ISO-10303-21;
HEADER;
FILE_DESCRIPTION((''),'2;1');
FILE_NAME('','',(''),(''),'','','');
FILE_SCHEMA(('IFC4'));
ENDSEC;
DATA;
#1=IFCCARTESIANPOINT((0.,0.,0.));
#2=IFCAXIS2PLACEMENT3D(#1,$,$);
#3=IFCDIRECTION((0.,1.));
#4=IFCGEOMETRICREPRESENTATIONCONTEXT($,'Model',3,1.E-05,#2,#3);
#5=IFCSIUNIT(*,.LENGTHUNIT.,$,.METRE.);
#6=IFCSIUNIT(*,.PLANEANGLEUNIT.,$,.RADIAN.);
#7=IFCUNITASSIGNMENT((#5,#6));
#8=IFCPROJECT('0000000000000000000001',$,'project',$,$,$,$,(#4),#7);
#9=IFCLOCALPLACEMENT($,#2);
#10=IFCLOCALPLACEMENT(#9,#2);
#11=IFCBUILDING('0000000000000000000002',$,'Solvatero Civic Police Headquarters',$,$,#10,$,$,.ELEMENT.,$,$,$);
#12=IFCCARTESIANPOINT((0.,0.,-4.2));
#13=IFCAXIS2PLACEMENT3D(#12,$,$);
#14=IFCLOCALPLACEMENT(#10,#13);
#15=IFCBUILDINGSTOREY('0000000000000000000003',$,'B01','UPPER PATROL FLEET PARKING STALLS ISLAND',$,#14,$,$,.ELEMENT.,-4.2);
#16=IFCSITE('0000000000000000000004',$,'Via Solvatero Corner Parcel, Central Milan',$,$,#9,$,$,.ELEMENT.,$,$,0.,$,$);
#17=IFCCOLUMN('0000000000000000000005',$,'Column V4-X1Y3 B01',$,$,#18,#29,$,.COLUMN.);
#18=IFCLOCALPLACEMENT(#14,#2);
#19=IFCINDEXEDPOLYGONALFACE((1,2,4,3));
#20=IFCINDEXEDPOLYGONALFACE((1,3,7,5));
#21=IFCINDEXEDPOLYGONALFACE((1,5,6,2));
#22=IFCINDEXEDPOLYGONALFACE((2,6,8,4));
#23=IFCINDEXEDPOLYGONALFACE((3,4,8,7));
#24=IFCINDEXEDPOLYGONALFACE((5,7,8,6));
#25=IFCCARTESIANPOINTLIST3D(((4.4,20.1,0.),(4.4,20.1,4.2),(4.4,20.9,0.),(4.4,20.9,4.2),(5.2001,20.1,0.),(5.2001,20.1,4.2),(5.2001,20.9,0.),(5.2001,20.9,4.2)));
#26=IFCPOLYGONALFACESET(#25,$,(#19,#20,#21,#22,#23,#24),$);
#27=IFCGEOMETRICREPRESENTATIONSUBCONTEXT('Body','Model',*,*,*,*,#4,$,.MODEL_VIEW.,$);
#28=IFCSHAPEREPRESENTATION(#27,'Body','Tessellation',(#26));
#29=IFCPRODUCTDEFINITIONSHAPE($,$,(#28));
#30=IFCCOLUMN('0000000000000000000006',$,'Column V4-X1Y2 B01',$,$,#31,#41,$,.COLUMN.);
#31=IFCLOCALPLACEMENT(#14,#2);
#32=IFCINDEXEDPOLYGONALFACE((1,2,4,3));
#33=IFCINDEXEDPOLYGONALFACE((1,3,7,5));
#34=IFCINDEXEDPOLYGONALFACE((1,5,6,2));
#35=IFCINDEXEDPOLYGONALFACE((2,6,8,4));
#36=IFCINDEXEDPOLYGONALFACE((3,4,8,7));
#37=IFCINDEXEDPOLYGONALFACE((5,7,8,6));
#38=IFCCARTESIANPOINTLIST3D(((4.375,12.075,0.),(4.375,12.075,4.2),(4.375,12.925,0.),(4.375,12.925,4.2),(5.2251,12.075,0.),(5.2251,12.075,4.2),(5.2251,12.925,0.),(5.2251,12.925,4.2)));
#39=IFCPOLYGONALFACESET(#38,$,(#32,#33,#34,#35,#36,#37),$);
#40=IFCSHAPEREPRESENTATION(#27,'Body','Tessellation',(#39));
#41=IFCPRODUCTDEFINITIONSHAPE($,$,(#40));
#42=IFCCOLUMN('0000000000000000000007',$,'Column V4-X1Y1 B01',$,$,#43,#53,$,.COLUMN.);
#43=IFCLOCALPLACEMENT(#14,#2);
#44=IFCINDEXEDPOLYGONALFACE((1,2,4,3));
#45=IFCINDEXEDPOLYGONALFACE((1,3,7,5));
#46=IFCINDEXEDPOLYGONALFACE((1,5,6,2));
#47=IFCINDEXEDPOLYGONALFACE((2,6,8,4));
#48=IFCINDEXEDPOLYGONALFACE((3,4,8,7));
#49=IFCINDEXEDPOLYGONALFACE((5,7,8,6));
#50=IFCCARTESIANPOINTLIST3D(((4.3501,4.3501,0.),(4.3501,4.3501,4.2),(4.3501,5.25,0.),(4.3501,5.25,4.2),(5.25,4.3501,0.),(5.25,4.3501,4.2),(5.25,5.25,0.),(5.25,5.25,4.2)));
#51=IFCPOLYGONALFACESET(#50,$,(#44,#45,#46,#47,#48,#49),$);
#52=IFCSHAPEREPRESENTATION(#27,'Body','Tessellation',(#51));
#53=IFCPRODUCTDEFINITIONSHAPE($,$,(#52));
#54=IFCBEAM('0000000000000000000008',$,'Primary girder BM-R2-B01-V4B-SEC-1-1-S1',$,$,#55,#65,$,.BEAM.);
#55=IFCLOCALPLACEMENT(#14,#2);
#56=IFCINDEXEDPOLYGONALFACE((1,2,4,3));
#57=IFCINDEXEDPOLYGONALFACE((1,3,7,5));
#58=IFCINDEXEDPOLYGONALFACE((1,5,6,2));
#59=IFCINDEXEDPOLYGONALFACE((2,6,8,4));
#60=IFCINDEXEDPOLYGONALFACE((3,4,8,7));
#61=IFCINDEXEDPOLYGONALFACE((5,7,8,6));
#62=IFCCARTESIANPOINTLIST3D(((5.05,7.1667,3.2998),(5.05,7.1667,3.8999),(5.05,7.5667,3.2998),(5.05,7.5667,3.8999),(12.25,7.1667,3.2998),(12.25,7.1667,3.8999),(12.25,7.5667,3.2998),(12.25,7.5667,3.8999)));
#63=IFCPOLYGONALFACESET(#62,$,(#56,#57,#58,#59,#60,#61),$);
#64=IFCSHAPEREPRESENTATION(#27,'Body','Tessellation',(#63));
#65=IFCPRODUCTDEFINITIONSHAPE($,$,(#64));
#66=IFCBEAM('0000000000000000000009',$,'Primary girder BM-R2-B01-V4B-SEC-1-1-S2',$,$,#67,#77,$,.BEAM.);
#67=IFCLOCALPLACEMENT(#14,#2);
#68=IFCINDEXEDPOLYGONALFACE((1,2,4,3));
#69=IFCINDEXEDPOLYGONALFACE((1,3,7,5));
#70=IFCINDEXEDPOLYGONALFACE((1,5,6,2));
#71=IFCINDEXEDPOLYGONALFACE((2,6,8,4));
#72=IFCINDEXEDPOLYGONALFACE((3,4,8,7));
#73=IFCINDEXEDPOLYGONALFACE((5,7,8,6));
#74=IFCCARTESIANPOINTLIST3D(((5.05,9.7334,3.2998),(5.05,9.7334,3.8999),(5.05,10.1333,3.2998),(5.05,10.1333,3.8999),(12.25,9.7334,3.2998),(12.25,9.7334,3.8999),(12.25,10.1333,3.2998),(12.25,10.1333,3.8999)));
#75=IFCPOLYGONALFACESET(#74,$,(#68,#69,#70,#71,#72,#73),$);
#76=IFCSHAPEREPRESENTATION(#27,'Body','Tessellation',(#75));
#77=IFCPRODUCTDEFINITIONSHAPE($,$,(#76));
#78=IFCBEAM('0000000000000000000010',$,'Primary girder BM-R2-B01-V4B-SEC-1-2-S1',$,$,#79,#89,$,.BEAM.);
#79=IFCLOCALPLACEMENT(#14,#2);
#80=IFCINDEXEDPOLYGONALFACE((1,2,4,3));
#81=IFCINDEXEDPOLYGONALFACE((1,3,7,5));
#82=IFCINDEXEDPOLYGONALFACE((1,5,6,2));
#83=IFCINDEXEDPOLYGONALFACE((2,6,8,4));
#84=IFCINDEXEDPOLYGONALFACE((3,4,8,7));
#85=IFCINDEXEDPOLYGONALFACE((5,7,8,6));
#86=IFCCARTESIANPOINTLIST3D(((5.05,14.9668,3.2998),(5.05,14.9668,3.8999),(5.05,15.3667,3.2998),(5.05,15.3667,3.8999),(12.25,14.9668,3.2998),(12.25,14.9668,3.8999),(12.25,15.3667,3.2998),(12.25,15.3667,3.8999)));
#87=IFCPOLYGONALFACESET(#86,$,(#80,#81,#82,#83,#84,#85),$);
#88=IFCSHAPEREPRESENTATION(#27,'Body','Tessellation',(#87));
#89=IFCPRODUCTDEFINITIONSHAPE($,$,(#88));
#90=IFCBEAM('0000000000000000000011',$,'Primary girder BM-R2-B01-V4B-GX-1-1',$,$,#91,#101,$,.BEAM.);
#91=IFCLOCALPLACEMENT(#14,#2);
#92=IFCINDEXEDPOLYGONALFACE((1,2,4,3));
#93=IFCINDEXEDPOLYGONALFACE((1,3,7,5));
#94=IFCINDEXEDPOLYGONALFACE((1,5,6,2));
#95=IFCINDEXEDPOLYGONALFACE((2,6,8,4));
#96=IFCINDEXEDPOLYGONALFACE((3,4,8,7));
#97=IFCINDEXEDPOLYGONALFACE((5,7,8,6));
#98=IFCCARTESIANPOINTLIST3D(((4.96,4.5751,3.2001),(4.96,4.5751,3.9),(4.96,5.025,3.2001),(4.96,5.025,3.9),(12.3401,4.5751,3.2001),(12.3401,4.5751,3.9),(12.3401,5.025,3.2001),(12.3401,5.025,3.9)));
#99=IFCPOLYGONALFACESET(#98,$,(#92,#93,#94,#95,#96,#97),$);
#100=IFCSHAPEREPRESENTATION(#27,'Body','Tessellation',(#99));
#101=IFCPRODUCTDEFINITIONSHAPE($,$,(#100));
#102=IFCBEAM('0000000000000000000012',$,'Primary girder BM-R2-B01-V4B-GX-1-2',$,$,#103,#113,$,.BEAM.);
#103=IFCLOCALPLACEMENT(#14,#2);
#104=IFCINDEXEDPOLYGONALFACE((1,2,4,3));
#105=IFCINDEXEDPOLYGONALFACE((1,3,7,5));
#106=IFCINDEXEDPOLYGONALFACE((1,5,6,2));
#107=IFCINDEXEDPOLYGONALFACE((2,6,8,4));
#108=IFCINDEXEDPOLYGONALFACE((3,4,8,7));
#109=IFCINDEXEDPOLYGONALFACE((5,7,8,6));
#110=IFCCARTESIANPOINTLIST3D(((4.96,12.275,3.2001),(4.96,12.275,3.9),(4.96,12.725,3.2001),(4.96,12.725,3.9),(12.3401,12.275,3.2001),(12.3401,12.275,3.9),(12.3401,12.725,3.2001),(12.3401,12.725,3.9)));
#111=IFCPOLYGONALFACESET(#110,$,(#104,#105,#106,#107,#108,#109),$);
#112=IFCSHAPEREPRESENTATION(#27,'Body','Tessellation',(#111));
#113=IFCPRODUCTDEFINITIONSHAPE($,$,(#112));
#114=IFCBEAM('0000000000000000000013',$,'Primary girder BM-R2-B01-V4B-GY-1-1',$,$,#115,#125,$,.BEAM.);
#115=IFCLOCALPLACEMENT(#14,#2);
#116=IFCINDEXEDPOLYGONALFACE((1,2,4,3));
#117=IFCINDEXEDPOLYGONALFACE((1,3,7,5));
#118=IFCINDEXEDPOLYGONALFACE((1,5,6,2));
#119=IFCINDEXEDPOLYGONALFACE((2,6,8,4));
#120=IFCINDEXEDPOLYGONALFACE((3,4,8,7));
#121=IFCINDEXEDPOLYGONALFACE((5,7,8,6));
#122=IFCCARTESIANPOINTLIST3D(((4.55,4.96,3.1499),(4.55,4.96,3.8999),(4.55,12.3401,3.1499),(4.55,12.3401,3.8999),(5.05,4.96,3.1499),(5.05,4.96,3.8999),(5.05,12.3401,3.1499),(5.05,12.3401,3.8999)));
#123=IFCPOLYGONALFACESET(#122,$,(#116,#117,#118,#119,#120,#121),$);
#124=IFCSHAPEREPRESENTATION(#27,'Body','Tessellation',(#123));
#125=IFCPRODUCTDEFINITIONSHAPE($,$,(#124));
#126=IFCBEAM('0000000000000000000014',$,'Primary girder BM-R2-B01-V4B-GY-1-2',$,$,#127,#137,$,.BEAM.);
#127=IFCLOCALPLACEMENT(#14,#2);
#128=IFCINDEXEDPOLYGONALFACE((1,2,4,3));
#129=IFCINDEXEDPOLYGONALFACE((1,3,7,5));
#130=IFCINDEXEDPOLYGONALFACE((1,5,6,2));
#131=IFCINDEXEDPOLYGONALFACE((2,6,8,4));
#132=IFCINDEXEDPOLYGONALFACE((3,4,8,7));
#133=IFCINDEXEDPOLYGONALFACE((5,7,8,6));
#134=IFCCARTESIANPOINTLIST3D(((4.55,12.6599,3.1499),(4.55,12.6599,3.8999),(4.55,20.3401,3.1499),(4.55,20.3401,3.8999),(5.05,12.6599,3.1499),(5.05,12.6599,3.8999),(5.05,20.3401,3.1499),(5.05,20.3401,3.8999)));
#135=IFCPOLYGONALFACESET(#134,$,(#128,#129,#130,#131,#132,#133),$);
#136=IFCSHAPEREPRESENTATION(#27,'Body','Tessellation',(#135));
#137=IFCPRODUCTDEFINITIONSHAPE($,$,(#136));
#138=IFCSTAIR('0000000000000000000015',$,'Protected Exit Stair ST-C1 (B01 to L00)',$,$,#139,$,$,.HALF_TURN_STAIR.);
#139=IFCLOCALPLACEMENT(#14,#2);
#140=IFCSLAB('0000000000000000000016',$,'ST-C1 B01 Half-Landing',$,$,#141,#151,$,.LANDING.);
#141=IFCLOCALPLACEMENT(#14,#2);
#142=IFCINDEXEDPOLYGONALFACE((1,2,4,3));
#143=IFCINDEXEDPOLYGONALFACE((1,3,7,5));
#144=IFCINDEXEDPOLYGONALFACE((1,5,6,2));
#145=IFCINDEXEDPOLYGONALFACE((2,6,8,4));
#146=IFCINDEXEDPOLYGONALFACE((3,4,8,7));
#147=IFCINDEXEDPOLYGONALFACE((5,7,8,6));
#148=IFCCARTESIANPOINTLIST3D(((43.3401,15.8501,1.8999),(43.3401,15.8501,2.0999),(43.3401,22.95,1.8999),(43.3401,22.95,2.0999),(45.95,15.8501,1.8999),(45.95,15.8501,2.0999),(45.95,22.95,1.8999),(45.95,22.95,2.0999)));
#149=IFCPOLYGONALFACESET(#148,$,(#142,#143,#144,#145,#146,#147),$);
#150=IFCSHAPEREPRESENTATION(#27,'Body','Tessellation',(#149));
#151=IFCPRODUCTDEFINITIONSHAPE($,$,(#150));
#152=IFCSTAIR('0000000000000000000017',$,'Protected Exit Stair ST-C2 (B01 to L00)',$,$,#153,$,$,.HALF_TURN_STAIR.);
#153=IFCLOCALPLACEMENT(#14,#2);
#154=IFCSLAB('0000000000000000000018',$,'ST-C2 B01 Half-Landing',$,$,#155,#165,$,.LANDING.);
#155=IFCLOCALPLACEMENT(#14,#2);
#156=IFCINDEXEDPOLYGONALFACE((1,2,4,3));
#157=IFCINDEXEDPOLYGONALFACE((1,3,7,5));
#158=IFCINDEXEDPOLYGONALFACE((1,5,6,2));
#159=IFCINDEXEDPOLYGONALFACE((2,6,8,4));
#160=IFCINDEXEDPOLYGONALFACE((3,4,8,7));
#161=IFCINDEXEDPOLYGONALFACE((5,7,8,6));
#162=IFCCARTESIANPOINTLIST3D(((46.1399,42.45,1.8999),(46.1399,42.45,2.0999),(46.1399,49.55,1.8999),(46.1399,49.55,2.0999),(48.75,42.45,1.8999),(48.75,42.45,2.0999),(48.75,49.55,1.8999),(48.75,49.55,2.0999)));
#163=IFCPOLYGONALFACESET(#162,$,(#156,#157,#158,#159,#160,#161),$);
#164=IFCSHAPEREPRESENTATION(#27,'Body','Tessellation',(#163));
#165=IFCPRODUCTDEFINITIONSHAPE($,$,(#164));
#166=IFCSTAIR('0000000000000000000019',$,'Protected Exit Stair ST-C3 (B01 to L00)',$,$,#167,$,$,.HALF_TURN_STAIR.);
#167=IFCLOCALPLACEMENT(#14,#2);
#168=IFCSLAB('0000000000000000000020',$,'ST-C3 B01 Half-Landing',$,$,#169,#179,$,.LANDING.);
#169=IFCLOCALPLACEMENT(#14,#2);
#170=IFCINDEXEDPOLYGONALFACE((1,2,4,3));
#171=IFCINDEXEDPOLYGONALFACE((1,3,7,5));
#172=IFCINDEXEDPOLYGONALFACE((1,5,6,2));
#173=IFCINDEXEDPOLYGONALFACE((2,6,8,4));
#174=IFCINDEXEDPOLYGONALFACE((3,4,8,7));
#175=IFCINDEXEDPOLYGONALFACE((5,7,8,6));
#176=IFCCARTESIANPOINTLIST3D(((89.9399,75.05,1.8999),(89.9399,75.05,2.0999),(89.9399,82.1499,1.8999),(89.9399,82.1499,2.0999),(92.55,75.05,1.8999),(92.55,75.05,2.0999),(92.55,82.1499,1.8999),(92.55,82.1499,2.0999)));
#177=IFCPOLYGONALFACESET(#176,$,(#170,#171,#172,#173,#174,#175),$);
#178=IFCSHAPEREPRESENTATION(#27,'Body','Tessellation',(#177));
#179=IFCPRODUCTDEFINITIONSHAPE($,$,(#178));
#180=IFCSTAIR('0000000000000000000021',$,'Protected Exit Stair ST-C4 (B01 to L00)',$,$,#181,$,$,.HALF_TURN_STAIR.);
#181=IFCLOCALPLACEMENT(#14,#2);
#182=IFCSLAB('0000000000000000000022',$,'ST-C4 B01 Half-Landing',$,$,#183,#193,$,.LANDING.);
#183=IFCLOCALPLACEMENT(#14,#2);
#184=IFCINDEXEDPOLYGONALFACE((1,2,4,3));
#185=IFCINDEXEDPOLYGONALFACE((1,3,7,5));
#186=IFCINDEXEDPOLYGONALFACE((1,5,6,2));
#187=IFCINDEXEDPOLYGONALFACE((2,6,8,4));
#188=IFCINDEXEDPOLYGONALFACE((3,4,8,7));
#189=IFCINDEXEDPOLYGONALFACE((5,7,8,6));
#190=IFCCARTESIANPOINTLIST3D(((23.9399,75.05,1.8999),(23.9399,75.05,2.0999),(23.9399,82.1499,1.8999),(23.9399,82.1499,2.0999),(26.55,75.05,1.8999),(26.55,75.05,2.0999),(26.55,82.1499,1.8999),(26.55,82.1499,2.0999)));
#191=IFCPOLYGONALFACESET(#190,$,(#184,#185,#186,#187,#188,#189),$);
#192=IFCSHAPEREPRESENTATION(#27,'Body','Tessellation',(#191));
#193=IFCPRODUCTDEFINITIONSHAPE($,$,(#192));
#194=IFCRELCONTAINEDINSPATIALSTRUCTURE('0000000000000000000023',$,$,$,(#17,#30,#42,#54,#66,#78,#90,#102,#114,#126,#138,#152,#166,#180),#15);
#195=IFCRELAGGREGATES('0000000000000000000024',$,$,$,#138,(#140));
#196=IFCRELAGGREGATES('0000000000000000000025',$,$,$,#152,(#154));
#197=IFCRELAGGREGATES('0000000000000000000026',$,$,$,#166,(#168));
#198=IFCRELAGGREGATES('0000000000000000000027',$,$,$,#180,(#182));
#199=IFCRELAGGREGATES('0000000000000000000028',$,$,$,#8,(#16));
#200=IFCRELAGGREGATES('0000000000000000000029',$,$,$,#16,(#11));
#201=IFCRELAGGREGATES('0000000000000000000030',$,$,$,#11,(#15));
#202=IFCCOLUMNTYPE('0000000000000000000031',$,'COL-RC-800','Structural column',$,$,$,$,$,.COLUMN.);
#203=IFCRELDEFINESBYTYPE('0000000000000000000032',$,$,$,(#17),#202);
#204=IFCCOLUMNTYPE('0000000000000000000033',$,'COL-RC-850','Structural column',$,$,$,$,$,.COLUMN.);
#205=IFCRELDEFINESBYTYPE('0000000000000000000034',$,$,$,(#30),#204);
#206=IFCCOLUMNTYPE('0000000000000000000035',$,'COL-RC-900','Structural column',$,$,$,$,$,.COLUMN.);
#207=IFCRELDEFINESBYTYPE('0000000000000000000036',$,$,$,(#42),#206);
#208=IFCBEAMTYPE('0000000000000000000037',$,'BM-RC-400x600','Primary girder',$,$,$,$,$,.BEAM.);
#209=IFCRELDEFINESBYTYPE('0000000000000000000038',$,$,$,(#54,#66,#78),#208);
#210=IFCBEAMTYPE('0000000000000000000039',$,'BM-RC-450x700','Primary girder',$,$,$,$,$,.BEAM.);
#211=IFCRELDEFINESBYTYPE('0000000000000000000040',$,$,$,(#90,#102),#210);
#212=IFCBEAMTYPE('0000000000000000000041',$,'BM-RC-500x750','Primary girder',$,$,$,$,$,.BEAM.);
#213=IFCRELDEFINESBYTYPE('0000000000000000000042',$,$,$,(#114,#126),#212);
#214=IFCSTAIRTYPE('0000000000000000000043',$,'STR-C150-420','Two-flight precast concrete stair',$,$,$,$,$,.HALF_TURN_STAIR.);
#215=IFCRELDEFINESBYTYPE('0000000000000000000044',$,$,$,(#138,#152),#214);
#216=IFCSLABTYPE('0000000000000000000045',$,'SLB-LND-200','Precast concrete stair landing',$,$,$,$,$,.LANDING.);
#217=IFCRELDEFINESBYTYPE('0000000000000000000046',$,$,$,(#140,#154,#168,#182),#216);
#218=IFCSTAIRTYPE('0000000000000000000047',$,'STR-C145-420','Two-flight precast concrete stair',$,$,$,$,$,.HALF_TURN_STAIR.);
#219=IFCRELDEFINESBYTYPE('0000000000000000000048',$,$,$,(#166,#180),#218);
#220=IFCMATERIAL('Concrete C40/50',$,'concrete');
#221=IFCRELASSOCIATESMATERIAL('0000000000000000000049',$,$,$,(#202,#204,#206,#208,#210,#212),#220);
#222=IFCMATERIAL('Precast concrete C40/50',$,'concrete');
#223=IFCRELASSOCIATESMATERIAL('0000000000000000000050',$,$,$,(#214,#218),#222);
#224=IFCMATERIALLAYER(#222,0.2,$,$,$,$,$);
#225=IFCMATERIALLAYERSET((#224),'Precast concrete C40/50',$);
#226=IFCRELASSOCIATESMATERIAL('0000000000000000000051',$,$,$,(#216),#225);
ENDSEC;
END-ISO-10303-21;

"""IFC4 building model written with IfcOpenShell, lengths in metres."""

from ifc_helpers import new_model, si_unit, direction, frame, origin, origin_2d, place, context, subcontext, project, spatial, polyline, rectangle, outline, extrude, material, layer, layer_set, material_profile, profile_set, type_object, element, aggregate, save


model = new_model("IFC4")

# Units and contexts
model_context = context("Model", 3, precision=1e-05, world=origin(), true_north=direction((0.0, 1.0)))
body_context = subcontext(model_context, "Body", "Model", "MODEL_VIEW")
ifc_project = project(units=[si_unit("LENGTHUNIT", "METRE"), si_unit("PLANEANGLEUNIT", "RADIAN")], contexts=[model_context])

# Site, building, storey
site_placement = place(None, origin())
site = spatial("IfcSite", under=ifc_project, at=site_placement, Name="Via Solvatero Corner Parcel, Central Milan", CompositionType="ELEMENT", RefElevation=0.0)
building_placement = place(site_placement, origin())
building = spatial("IfcBuilding", under=site, at=building_placement, Name="Solvatero Civic Police Headquarters", CompositionType="ELEMENT")
storey_placement = place(building_placement, frame((0.0, 0.0, -4.2)))
storey = spatial("IfcBuildingStorey", under=building, at=storey_placement, Name="B01", Description="UPPER PATROL FLEET PARKING STALLS ISLAND", CompositionType="ELEMENT", Elevation=-4.2)

# Columns
ifc_material_1 = material(Name="Concrete C40/50", Category="concrete")
ifc_material_profile_1 = material_profile(ifc_material_1, rectangle(XDim=0.8, YDim=0.8, at=origin_2d()), Name="RC 800x800")
ifc_profile_set_1 = profile_set([ifc_material_profile_1], Name="Concrete C40/50")
column_type_1 = type_object("IfcColumnType", Name="COL-RC-800", Description="Structural column", PredefinedType="COLUMN", material=ifc_profile_set_1)
column_1_placement = place(storey_placement, frame((4.8, 20.5, 0.0), z_axis=(0.0, 0.0, 1.0), x_axis=(1.0, 0.0, 0.0)))
element("IfcColumn", 1, at=column_1_placement, inside=storey, type_object=column_type_1, Name="Column V4-X1Y3 B01", PredefinedType="COLUMN", context=body_context, shape_type="SweptSolid", body=[
    extrude(rectangle(XDim=0.8, YDim=0.8, at=origin_2d()), origin(), (0.0, 0.0, 1.0), 4.2),
])
ifc_material_profile_2 = material_profile(ifc_material_1, rectangle(XDim=0.8501, YDim=0.8501, at=origin_2d()), Name="RC 850x850")
ifc_profile_set_2 = profile_set([ifc_material_profile_2], Name="Concrete C40/50")
column_type_2 = type_object("IfcColumnType", Name="COL-RC-850", Description="Structural column", PredefinedType="COLUMN", material=ifc_profile_set_2)
column_2_placement = place(storey_placement, frame((4.8, 12.5, 0.0), z_axis=(0.0, 0.0, 1.0), x_axis=(1.0, 0.0, 0.0)))
element("IfcColumn", 2, at=column_2_placement, inside=storey, type_object=column_type_2, Name="Column V4-X1Y2 B01", PredefinedType="COLUMN", context=body_context, shape_type="SweptSolid", body=[
    extrude(rectangle(XDim=0.8501, YDim=0.8501, at=origin_2d()), origin(), (0.0, 0.0, 1.0), 4.2),
])
ifc_material_profile_3 = material_profile(ifc_material_1, rectangle(XDim=0.8999, YDim=0.8999, at=origin_2d()), Name="RC 900x900")
ifc_profile_set_3 = profile_set([ifc_material_profile_3], Name="Concrete C40/50")
column_type_3 = type_object("IfcColumnType", Name="COL-RC-900", Description="Structural column", PredefinedType="COLUMN", material=ifc_profile_set_3)
column_3_placement = place(storey_placement, frame((4.8, 4.8, 0.0), z_axis=(0.0, 0.0, 1.0), x_axis=(1.0, 0.0, 0.0)))
element("IfcColumn", 3, at=column_3_placement, inside=storey, type_object=column_type_3, Name="Column V4-X1Y1 B01", PredefinedType="COLUMN", context=body_context, shape_type="SweptSolid", body=[
    extrude(rectangle(XDim=0.8999, YDim=0.8999, at=origin_2d()), origin(), (0.0, 0.0, 1.0), 4.2),
])

# Beams
ifc_material_profile_4 = material_profile(ifc_material_1, rectangle(XDim=0.3999, YDim=0.6001, at=origin_2d()), Name="RC 400x600")
ifc_profile_set_4 = profile_set([ifc_material_profile_4], Name="Concrete C40/50")
beam_type_1 = type_object("IfcBeamType", Name="BM-RC-400x600", Description="Primary girder", PredefinedType="BEAM", material=ifc_profile_set_4)
for number, where, z_axis, x_axis, name in (
    (4, (5.05, 7.3667, 3.5999), (1.0, 0.0, 0.0), (0.0, 1.0, 0.0), "Primary girder BM-R2-B01-V4B-SEC-1-1-S1"),
    (5, (5.05, 9.9333, 3.5999), (1.0, 0.0, 0.0), (0.0, 1.0, 0.0), "Primary girder BM-R2-B01-V4B-SEC-1-1-S2"),
    (6, (5.05, 15.1667, 3.5999), (1.0, 0.0, 0.0), (0.0, 1.0, 0.0), "Primary girder BM-R2-B01-V4B-SEC-1-2-S1"),
):
    element("IfcBeam", number, at=place(storey_placement, frame(where, z_axis=z_axis, x_axis=x_axis)), inside=storey, type_object=beam_type_1, Name=name, PredefinedType="BEAM", context=body_context, shape_type="SweptSolid", body=[
        extrude(rectangle(XDim=0.3999, YDim=0.6001, at=origin_2d()), origin(), (0.0, 0.0, 1.0), 7.2),
    ])
ifc_material_profile_5 = material_profile(ifc_material_1, rectangle(XDim=0.45, YDim=0.7, at=origin_2d()), Name="RC 450x700")
ifc_profile_set_5 = profile_set([ifc_material_profile_5], Name="Concrete C40/50")
beam_type_2 = type_object("IfcBeamType", Name="BM-RC-450x700", Description="Primary girder", PredefinedType="BEAM", material=ifc_profile_set_5)
for number, where, z_axis, x_axis, name in (
    (7, (4.96, 4.8, 3.55), (1.0, 0.0, 0.0), (0.0, 1.0, 0.0), "Primary girder BM-R2-B01-V4B-GX-1-1"),
    (8, (4.96, 12.5, 3.55), (1.0, 0.0, 0.0), (0.0, 1.0, 0.0), "Primary girder BM-R2-B01-V4B-GX-1-2"),
):
    element("IfcBeam", number, at=place(storey_placement, frame(where, z_axis=z_axis, x_axis=x_axis)), inside=storey, type_object=beam_type_2, Name=name, PredefinedType="BEAM", context=body_context, shape_type="SweptSolid", body=[
        extrude(rectangle(XDim=0.45, YDim=0.7, at=origin_2d()), origin(), (0.0, 0.0, 1.0), 7.3801),
    ])
ifc_material_profile_6 = material_profile(ifc_material_1, rectangle(XDim=0.5, YDim=0.75, at=origin_2d()), Name="RC 500x750")
ifc_profile_set_6 = profile_set([ifc_material_profile_6], Name="Concrete C40/50")
beam_type_3 = type_object("IfcBeamType", Name="BM-RC-500x750", Description="Primary girder", PredefinedType="BEAM", material=ifc_profile_set_6)
beam_1_placement = place(storey_placement, frame((4.8, 4.96, 3.5249), z_axis=(0.0, 1.0, 0.0), x_axis=(-1.0, 0.0, 0.0)))
element("IfcBeam", 9, at=beam_1_placement, inside=storey, type_object=beam_type_3, Name="Primary girder BM-R2-B01-V4B-GY-1-1", PredefinedType="BEAM", context=body_context, shape_type="SweptSolid", body=[
    extrude(rectangle(XDim=0.5, YDim=0.75, at=origin_2d()), origin(), (0.0, 0.0, 1.0), 7.3801),
])
beam_2_placement = place(storey_placement, frame((4.8, 12.6599, 3.5249), z_axis=(0.0, 1.0, 0.0), x_axis=(-1.0, 0.0, 0.0)))
element("IfcBeam", 10, at=beam_2_placement, inside=storey, type_object=beam_type_3, Name="Primary girder BM-R2-B01-V4B-GY-1-2", PredefinedType="BEAM", context=body_context, shape_type="SweptSolid", body=[
    extrude(rectangle(XDim=0.5, YDim=0.75, at=origin_2d()), origin(), (0.0, 0.0, 1.0), 7.6802),
])

# Stairs, slabs
ifc_material_2 = material(Name="Precast concrete C40/50", Category="concrete")
stair_type_1 = type_object("IfcStairType", Name="STR-C150-420", Description="Two-flight precast concrete stair", PredefinedType="HALF_TURN_STAIR", material=ifc_material_2)
stair_1_placement = place(storey_placement, origin())
stair_1 = element("IfcStair", 11, at=stair_1_placement, inside=storey, type_object=stair_type_1, Name="Protected Exit Stair ST-C1 (B01 to L00)", PredefinedType="HALF_TURN_STAIR")
ifc_layer_1 = layer(ifc_material_2, 0.2)
ifc_layer_set_1 = layer_set([ifc_layer_1], Name="Precast concrete C40/50")
slab_type_1 = type_object("IfcSlabType", Name="SLB-LND-200", Description="Precast concrete stair landing", PredefinedType="LANDING", material=ifc_layer_set_1)
slab_1_placement = place(storey_placement, frame((0.0, 0.0, 1.8999)))
slab_1 = element("IfcSlab", 12, at=slab_1_placement, type_object=slab_type_1, Name="ST-C1 B01 Half-Landing", PredefinedType="LANDING", context=body_context, shape_type="SweptSolid", body=[
    extrude(outline(polyline([(43.3401, 15.8501), (45.95, 15.8501), (45.95, 22.95), (43.3401, 22.95), (43.3401, 15.8501)])), origin(), (0.0, 0.0, 1.0), 0.2),
])
aggregate(stair_1, [slab_1])
stair_2_placement = place(storey_placement, origin())
stair_2 = element("IfcStair", 13, at=stair_2_placement, inside=storey, type_object=stair_type_1, Name="Protected Exit Stair ST-C2 (B01 to L00)", PredefinedType="HALF_TURN_STAIR")
slab_2_placement = place(storey_placement, frame((0.0, 0.0, 1.8999)))
slab_2 = element("IfcSlab", 14, at=slab_2_placement, type_object=slab_type_1, Name="ST-C2 B01 Half-Landing", PredefinedType="LANDING", context=body_context, shape_type="SweptSolid", body=[
    extrude(outline(polyline([(46.1399, 42.45), (48.75, 42.45), (48.75, 49.55), (46.1399, 49.55), (46.1399, 42.45)])), origin(), (0.0, 0.0, 1.0), 0.2),
])
aggregate(stair_2, [slab_2])
stair_type_2 = type_object("IfcStairType", Name="STR-C145-420", Description="Two-flight precast concrete stair", PredefinedType="HALF_TURN_STAIR", material=ifc_material_2)
stair_3_placement = place(storey_placement, origin())
stair_3 = element("IfcStair", 15, at=stair_3_placement, inside=storey, type_object=stair_type_2, Name="Protected Exit Stair ST-C3 (B01 to L00)", PredefinedType="HALF_TURN_STAIR")
slab_3_placement = place(storey_placement, frame((0.0, 0.0, 1.8999)))
slab_3 = element("IfcSlab", 16, at=slab_3_placement, type_object=slab_type_1, Name="ST-C3 B01 Half-Landing", PredefinedType="LANDING", context=body_context, shape_type="SweptSolid", body=[
    extrude(outline(polyline([(89.9399, 75.05), (92.55, 75.05), (92.55, 82.1499), (89.9399, 82.1499), (89.9399, 75.05)])), origin(), (0.0, 0.0, 1.0), 0.2),
])
aggregate(stair_3, [slab_3])
stair_4_placement = place(storey_placement, origin())
stair_4 = element("IfcStair", 17, at=stair_4_placement, inside=storey, type_object=stair_type_2, Name="Protected Exit Stair ST-C4 (B01 to L00)", PredefinedType="HALF_TURN_STAIR")
slab_4_placement = place(storey_placement, frame((0.0, 0.0, 1.8999)))
slab_4 = element("IfcSlab", 18, at=slab_4_placement, type_object=slab_type_1, Name="ST-C4 B01 Half-Landing", PredefinedType="LANDING", context=body_context, shape_type="SweptSolid", body=[
    extrude(outline(polyline([(23.9399, 75.05), (26.55, 75.05), (26.55, 82.1499), (23.9399, 82.1499), (23.9399, 75.05)])), origin(), (0.0, 0.0, 1.0), 0.2),
])
aggregate(stair_4, [slab_4])

save(model, "model.ifc")
